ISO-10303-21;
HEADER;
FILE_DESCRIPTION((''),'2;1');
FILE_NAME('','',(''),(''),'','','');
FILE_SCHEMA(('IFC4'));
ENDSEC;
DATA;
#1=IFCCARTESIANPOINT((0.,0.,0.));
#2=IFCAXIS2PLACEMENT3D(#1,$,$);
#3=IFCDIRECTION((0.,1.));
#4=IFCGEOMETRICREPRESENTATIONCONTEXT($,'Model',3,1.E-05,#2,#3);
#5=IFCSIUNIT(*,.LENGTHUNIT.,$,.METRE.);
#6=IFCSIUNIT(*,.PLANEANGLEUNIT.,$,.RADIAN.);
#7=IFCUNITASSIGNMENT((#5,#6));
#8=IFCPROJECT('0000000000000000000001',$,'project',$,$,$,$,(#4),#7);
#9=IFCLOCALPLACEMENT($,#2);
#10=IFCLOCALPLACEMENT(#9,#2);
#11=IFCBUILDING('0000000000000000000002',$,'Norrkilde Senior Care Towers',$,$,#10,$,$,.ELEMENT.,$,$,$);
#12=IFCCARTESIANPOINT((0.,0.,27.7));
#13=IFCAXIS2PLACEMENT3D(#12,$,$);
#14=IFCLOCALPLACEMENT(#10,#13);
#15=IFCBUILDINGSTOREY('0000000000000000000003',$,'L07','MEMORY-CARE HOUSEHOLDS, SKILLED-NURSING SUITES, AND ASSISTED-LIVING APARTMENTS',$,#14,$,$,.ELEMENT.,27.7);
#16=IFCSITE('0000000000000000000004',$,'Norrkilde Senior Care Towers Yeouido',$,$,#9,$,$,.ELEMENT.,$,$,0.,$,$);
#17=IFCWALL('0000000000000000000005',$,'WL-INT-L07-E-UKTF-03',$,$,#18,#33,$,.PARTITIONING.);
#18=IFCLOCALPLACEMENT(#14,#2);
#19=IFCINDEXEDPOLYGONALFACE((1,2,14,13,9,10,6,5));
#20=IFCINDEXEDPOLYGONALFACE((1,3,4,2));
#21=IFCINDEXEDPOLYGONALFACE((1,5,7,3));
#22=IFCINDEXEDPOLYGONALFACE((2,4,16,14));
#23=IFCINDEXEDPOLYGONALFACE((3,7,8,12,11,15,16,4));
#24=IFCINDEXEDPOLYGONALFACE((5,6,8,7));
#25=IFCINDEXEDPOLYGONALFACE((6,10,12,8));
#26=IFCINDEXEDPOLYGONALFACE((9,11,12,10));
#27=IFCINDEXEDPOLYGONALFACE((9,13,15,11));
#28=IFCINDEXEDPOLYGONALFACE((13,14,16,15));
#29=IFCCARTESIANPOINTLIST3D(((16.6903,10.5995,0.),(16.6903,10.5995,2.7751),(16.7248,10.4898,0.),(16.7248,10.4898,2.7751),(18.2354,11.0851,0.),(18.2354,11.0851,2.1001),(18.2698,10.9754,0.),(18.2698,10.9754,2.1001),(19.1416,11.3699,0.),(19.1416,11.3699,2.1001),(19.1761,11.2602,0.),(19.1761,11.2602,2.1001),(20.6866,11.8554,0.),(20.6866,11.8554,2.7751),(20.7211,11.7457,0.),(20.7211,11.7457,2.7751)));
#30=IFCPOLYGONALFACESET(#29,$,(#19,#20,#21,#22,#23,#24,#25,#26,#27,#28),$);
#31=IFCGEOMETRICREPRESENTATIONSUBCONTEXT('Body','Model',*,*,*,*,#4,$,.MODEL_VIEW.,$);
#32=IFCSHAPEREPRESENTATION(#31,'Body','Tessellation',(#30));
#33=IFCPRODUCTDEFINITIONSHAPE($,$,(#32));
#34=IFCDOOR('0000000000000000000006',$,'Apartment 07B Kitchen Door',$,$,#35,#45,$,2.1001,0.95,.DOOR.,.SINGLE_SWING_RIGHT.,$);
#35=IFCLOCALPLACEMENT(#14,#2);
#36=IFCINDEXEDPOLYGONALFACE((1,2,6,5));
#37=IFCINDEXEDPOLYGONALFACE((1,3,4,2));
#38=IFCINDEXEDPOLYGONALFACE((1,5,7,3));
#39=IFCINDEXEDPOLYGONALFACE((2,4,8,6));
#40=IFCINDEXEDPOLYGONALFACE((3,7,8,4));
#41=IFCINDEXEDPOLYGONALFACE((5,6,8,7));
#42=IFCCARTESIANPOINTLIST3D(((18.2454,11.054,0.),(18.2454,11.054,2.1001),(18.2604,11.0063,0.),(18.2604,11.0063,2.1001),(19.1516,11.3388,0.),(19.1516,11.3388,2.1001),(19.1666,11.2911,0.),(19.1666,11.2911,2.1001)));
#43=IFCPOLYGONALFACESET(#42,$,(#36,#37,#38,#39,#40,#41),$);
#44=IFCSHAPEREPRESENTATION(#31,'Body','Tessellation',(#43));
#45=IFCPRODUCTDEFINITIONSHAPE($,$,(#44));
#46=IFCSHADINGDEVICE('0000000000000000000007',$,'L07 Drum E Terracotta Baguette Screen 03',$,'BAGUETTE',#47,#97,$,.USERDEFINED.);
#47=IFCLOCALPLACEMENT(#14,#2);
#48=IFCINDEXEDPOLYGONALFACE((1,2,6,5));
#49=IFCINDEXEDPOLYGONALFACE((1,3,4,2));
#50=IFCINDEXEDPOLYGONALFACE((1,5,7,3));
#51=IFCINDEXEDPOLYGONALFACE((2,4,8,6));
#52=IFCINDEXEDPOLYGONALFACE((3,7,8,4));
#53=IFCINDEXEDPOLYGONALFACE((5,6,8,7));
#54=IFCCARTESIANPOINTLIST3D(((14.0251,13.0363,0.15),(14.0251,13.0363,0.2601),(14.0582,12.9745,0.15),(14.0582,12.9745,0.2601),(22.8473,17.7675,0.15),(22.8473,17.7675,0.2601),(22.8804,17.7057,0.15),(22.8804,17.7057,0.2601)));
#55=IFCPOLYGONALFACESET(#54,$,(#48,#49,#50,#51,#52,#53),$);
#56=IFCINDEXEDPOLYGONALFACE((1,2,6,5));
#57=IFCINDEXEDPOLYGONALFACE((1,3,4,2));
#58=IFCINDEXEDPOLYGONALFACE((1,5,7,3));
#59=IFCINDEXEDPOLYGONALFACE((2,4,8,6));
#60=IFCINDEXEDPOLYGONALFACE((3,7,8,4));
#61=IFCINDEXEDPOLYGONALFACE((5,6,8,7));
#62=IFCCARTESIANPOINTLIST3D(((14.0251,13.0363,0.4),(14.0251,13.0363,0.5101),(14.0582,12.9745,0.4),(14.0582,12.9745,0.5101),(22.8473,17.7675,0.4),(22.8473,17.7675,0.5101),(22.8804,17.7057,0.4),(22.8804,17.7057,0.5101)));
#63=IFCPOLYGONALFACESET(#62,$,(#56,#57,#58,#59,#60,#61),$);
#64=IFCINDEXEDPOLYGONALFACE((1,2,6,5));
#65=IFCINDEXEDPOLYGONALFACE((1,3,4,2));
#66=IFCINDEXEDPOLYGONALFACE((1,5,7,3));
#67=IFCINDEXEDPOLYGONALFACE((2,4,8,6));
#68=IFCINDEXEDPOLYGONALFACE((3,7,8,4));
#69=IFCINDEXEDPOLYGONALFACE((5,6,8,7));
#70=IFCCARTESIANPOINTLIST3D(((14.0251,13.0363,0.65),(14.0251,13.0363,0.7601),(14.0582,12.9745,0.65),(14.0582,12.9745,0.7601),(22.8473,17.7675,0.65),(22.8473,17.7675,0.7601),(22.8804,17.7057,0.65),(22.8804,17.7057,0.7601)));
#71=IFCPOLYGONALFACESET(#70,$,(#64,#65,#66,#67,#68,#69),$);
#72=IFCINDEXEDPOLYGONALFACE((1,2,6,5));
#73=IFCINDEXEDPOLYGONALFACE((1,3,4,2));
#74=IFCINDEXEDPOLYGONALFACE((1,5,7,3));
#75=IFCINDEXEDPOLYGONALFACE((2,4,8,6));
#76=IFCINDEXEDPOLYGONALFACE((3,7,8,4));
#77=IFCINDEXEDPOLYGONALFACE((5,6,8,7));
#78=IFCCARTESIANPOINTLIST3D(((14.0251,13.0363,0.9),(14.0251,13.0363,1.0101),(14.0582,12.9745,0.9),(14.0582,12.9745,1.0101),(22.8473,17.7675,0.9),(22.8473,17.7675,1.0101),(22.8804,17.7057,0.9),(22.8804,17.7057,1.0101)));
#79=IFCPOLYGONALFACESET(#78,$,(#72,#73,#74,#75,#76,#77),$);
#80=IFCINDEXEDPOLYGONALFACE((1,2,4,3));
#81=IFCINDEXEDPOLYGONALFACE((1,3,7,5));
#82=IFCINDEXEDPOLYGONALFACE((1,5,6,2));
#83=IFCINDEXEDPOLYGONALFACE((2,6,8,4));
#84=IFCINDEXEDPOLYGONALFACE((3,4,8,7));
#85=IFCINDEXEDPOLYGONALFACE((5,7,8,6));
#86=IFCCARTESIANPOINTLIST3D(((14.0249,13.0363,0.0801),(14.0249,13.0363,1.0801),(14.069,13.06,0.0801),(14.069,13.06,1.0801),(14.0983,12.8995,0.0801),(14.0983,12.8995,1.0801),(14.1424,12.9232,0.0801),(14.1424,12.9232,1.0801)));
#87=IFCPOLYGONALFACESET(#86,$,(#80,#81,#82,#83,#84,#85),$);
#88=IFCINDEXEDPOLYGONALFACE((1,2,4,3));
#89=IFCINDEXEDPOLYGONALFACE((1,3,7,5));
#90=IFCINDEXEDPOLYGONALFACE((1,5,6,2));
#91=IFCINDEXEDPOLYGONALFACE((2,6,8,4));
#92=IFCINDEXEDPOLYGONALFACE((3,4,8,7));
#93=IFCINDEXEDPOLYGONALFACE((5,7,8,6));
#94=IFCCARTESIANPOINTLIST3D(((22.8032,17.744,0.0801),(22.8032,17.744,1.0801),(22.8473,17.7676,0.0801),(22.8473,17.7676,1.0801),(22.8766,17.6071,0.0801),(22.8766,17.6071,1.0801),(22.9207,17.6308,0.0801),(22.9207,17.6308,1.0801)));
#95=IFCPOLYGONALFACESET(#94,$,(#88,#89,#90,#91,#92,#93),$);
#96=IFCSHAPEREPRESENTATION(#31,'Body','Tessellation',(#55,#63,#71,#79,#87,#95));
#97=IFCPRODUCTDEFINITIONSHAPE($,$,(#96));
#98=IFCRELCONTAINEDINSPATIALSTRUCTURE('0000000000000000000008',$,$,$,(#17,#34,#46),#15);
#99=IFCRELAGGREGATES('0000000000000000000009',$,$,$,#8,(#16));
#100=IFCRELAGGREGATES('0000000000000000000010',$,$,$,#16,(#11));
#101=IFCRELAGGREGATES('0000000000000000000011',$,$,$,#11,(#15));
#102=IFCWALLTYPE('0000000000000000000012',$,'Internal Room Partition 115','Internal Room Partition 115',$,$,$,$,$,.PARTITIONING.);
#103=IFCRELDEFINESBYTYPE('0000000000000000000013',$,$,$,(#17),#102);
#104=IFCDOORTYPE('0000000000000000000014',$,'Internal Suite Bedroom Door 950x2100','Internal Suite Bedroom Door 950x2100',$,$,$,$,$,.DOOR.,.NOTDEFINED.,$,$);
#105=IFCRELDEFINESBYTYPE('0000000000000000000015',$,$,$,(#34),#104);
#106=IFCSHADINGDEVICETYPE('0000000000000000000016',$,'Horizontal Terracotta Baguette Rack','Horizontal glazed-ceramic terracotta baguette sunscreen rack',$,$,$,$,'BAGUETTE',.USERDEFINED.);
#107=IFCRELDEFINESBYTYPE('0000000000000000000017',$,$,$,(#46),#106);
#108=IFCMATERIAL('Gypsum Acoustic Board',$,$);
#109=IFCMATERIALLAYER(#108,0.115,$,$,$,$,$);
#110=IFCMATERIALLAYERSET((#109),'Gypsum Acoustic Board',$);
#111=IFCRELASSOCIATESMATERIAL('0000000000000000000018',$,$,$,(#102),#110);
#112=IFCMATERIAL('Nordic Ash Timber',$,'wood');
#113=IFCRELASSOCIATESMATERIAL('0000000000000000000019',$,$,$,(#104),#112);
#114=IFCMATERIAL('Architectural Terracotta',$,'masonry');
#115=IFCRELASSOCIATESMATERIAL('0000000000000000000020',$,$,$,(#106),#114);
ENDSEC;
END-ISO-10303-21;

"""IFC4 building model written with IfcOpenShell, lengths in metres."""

from ifc_helpers import new_model, si_unit, direction, frame, frame_2d, origin, origin_2d, place, context, subcontext, project, spatial, rectangle, extrude, source, transform, mapped, material, layer, layer_set, type_object, type_shapes, element, fill, save


model = new_model("IFC4")

# Units and contexts
model_context = context("Model", 3, precision=1e-05, world=origin(), true_north=direction((0.0, 1.0)))
body_context = subcontext(model_context, "Body", "Model", "MODEL_VIEW")
ifc_project = project(units=[si_unit("LENGTHUNIT", "METRE"), si_unit("PLANEANGLEUNIT", "RADIAN")], contexts=[model_context])

# Site, building, storey
site_placement = place(None, origin())
site = spatial("IfcSite", under=ifc_project, at=site_placement, Name="Norrkilde Senior Care Towers Yeouido", CompositionType="ELEMENT", RefElevation=0.0)
building_placement = place(site_placement, origin())
building = spatial("IfcBuilding", under=site, at=building_placement, Name="Norrkilde Senior Care Towers", CompositionType="ELEMENT")
storey_placement = place(building_placement, frame((0.0, 0.0, 27.7)))
storey = spatial("IfcBuildingStorey", under=building, at=storey_placement, Name="L07", Description="MEMORY-CARE HOUSEHOLDS, SKILLED-NURSING SUITES, AND ASSISTED-LIVING APARTMENTS", CompositionType="ELEMENT", Elevation=27.7)

# Shared definitions
ifc_material_1 = material(Name="Gypsum Acoustic Board")
ifc_layer_1 = layer(ifc_material_1, 0.115)
ifc_layer_set_1 = layer_set([ifc_layer_1], Name="Gypsum Acoustic Board")
wall_type_1 = type_object("IfcWallType", Name="Internal Room Partition 115", Description="Internal Room Partition 115", PredefinedType="PARTITIONING", material=ifc_layer_set_1)

# Shared definitions
ifc_material_2 = material(Name="Nordic Ash Timber", Category="wood")
door_type_1 = type_object("IfcDoorType", Name="Internal Suite Bedroom Door 950x2100", Description="Internal Suite Bedroom Door 950x2100", OperationType="NOTDEFINED", PredefinedType="DOOR", material=ifc_material_2)
shared_shape_1 = source(origin(), body_context, "Body", "SweptSolid", [
    extrude(rectangle(XDim=0.95, YDim=2.1001, at=frame_2d((0.4751, 1.05))), frame((0.0, 0.0249, 0.0), z_axis=(0.0, -1.0, 0.0), x_axis=(1.0, 0.0, 0.0)), (0.0, 0.0, 1.0), 0.05),
])
type_shapes(door_type_1, [shared_shape_1])

# Wall, opening, door
shared_shape_2 = source(origin(), body_context, "Body", "SweptSolid", [
    extrude(rectangle(XDim=4.189, YDim=0.115, at=frame_2d((2.0945, 0.0))), origin(), (0.0, 0.0, 1.0), 2.7751),
])
wall_1_placement = place(storey_placement, frame((20.7039, 11.8005, 0.0), z_axis=(0.0, 0.0, 1.0), x_axis=(-0.954003, -0.299798, 0.0)))
wall_1 = element("IfcWall", 1, at=wall_1_placement, inside=storey, type_object=wall_type_1, Name="WL-INT-L07-E-UKTF-03", PredefinedType="PARTITIONING", context=body_context, shape_type="MappedRepresentation", body=[
    mapped(shared_shape_2, transform((0.0, 0.0, 0.0), x_axis=(1.0, 0.0, 0.0), y_axis=(0.0, 1.0, 0.0), z_axis=(0.0, 0.0, 1.0), scale=1.0)),
])
opening_1_placement = place(wall_1_placement, frame((1.6194, 0.0, 0.0)))
opening_1 = element("IfcOpeningElement", 2, at=opening_1_placement, cuts=wall_1, PredefinedType="OPENING", context=body_context, shape_type="SweptSolid", body=[
    extrude(rectangle(XDim=0.95, YDim=2.1001, at=frame_2d((0.4751, 1.05))), frame((0.0, 0.0674, 0.0), z_axis=(0.0, -1.0, 0.0), x_axis=(1.0, 0.0, 0.0)), (0.0, 0.0, 1.0), 0.135),
])
door_1_placement = place(opening_1_placement, frame((0.95, 0.0, 0.0), z_axis=(0.0, 0.0, 1.0), x_axis=(-1.0, 0.0, 0.0)))
door_1 = element("IfcDoor", 3, at=door_1_placement, inside=storey, type_object=door_type_1, Name="Apartment 07B Kitchen Door", OperationType="SINGLE_SWING_RIGHT", OverallHeight=2.1001, OverallWidth=0.95, PredefinedType="DOOR", context=body_context, shape_type="MappedRepresentation", body=[
    mapped(shared_shape_1, transform((0.0, 0.0, 0.0), x_axis=(1.0, 0.0, 0.0), y_axis=(0.0, 1.0, 0.0), z_axis=(0.0, 0.0, 1.0), scale=1.0)),
])
fill(opening_1, door_1)

# Shading device
ifc_material_3 = material(Name="Architectural Terracotta", Category="masonry")
shading_device_type = type_object("IfcShadingDeviceType", Name="Horizontal Terracotta Baguette Rack", Description="Horizontal glazed-ceramic terracotta baguette sunscreen rack", ElementType="BAGUETTE", PredefinedType="USERDEFINED", material=ifc_material_3)
shared_shape_3 = source(origin(), body_context, "Body", "SweptSolid", [
    extrude(rectangle(XDim=0.0701, YDim=0.1101, at=origin_2d()), frame((0.0, 0.0901, 0.125), z_axis=(1.0, 0.0, 0.0), x_axis=(0.0, 1.0, 0.0)), (0.0, 0.0, 1.0), 10.0107),
    extrude(rectangle(XDim=0.0701, YDim=0.1101, at=origin_2d()), frame((0.0, 0.0901, 0.375), z_axis=(1.0, 0.0, 0.0), x_axis=(0.0, 1.0, 0.0)), (0.0, 0.0, 1.0), 10.0107),
    extrude(rectangle(XDim=0.0701, YDim=0.1101, at=origin_2d()), frame((0.0, 0.0901, 0.625), z_axis=(1.0, 0.0, 0.0), x_axis=(0.0, 1.0, 0.0)), (0.0, 0.0, 1.0), 10.0107),
    extrude(rectangle(XDim=0.0701, YDim=0.1101, at=origin_2d()), frame((0.0, 0.0901, 0.875), z_axis=(1.0, 0.0, 0.0), x_axis=(0.0, 1.0, 0.0)), (0.0, 0.0, 1.0), 10.0107),
    extrude(rectangle(XDim=0.05, YDim=0.1553, at=origin_2d()), frame((0.0249, 0.0476, 0.0)), (0.0, 0.0, 1.0), 1.0),
    extrude(rectangle(XDim=0.05, YDim=0.1553, at=origin_2d()), frame((9.9858, 0.0476, 0.0)), (0.0, 0.0, 1.0), 1.0),
])
type_shapes(shading_device_type, [shared_shape_3])
shading_device_placement = place(storey_placement, frame((14.0842, 12.926, 0.0801), z_axis=(0.0, 0.0, 1.0), x_axis=(0.88128, 0.472612, 0.0)))
element("IfcShadingDevice", 4, at=shading_device_placement, inside=storey, type_object=shading_device_type, Name="L07 Drum E Terracotta Baguette Screen 03", ObjectType="BAGUETTE", PredefinedType="USERDEFINED", context=body_context, shape_type="MappedRepresentation", body=[
    mapped(shared_shape_3, transform((0.0, 0.0, 0.0), x_axis=(1.0, 0.0, 0.0), y_axis=(0.0, 1.0, 0.0), z_axis=(0.0, 0.0, 1.0), scale=1.0)),
])

save(model, "model.ifc")
